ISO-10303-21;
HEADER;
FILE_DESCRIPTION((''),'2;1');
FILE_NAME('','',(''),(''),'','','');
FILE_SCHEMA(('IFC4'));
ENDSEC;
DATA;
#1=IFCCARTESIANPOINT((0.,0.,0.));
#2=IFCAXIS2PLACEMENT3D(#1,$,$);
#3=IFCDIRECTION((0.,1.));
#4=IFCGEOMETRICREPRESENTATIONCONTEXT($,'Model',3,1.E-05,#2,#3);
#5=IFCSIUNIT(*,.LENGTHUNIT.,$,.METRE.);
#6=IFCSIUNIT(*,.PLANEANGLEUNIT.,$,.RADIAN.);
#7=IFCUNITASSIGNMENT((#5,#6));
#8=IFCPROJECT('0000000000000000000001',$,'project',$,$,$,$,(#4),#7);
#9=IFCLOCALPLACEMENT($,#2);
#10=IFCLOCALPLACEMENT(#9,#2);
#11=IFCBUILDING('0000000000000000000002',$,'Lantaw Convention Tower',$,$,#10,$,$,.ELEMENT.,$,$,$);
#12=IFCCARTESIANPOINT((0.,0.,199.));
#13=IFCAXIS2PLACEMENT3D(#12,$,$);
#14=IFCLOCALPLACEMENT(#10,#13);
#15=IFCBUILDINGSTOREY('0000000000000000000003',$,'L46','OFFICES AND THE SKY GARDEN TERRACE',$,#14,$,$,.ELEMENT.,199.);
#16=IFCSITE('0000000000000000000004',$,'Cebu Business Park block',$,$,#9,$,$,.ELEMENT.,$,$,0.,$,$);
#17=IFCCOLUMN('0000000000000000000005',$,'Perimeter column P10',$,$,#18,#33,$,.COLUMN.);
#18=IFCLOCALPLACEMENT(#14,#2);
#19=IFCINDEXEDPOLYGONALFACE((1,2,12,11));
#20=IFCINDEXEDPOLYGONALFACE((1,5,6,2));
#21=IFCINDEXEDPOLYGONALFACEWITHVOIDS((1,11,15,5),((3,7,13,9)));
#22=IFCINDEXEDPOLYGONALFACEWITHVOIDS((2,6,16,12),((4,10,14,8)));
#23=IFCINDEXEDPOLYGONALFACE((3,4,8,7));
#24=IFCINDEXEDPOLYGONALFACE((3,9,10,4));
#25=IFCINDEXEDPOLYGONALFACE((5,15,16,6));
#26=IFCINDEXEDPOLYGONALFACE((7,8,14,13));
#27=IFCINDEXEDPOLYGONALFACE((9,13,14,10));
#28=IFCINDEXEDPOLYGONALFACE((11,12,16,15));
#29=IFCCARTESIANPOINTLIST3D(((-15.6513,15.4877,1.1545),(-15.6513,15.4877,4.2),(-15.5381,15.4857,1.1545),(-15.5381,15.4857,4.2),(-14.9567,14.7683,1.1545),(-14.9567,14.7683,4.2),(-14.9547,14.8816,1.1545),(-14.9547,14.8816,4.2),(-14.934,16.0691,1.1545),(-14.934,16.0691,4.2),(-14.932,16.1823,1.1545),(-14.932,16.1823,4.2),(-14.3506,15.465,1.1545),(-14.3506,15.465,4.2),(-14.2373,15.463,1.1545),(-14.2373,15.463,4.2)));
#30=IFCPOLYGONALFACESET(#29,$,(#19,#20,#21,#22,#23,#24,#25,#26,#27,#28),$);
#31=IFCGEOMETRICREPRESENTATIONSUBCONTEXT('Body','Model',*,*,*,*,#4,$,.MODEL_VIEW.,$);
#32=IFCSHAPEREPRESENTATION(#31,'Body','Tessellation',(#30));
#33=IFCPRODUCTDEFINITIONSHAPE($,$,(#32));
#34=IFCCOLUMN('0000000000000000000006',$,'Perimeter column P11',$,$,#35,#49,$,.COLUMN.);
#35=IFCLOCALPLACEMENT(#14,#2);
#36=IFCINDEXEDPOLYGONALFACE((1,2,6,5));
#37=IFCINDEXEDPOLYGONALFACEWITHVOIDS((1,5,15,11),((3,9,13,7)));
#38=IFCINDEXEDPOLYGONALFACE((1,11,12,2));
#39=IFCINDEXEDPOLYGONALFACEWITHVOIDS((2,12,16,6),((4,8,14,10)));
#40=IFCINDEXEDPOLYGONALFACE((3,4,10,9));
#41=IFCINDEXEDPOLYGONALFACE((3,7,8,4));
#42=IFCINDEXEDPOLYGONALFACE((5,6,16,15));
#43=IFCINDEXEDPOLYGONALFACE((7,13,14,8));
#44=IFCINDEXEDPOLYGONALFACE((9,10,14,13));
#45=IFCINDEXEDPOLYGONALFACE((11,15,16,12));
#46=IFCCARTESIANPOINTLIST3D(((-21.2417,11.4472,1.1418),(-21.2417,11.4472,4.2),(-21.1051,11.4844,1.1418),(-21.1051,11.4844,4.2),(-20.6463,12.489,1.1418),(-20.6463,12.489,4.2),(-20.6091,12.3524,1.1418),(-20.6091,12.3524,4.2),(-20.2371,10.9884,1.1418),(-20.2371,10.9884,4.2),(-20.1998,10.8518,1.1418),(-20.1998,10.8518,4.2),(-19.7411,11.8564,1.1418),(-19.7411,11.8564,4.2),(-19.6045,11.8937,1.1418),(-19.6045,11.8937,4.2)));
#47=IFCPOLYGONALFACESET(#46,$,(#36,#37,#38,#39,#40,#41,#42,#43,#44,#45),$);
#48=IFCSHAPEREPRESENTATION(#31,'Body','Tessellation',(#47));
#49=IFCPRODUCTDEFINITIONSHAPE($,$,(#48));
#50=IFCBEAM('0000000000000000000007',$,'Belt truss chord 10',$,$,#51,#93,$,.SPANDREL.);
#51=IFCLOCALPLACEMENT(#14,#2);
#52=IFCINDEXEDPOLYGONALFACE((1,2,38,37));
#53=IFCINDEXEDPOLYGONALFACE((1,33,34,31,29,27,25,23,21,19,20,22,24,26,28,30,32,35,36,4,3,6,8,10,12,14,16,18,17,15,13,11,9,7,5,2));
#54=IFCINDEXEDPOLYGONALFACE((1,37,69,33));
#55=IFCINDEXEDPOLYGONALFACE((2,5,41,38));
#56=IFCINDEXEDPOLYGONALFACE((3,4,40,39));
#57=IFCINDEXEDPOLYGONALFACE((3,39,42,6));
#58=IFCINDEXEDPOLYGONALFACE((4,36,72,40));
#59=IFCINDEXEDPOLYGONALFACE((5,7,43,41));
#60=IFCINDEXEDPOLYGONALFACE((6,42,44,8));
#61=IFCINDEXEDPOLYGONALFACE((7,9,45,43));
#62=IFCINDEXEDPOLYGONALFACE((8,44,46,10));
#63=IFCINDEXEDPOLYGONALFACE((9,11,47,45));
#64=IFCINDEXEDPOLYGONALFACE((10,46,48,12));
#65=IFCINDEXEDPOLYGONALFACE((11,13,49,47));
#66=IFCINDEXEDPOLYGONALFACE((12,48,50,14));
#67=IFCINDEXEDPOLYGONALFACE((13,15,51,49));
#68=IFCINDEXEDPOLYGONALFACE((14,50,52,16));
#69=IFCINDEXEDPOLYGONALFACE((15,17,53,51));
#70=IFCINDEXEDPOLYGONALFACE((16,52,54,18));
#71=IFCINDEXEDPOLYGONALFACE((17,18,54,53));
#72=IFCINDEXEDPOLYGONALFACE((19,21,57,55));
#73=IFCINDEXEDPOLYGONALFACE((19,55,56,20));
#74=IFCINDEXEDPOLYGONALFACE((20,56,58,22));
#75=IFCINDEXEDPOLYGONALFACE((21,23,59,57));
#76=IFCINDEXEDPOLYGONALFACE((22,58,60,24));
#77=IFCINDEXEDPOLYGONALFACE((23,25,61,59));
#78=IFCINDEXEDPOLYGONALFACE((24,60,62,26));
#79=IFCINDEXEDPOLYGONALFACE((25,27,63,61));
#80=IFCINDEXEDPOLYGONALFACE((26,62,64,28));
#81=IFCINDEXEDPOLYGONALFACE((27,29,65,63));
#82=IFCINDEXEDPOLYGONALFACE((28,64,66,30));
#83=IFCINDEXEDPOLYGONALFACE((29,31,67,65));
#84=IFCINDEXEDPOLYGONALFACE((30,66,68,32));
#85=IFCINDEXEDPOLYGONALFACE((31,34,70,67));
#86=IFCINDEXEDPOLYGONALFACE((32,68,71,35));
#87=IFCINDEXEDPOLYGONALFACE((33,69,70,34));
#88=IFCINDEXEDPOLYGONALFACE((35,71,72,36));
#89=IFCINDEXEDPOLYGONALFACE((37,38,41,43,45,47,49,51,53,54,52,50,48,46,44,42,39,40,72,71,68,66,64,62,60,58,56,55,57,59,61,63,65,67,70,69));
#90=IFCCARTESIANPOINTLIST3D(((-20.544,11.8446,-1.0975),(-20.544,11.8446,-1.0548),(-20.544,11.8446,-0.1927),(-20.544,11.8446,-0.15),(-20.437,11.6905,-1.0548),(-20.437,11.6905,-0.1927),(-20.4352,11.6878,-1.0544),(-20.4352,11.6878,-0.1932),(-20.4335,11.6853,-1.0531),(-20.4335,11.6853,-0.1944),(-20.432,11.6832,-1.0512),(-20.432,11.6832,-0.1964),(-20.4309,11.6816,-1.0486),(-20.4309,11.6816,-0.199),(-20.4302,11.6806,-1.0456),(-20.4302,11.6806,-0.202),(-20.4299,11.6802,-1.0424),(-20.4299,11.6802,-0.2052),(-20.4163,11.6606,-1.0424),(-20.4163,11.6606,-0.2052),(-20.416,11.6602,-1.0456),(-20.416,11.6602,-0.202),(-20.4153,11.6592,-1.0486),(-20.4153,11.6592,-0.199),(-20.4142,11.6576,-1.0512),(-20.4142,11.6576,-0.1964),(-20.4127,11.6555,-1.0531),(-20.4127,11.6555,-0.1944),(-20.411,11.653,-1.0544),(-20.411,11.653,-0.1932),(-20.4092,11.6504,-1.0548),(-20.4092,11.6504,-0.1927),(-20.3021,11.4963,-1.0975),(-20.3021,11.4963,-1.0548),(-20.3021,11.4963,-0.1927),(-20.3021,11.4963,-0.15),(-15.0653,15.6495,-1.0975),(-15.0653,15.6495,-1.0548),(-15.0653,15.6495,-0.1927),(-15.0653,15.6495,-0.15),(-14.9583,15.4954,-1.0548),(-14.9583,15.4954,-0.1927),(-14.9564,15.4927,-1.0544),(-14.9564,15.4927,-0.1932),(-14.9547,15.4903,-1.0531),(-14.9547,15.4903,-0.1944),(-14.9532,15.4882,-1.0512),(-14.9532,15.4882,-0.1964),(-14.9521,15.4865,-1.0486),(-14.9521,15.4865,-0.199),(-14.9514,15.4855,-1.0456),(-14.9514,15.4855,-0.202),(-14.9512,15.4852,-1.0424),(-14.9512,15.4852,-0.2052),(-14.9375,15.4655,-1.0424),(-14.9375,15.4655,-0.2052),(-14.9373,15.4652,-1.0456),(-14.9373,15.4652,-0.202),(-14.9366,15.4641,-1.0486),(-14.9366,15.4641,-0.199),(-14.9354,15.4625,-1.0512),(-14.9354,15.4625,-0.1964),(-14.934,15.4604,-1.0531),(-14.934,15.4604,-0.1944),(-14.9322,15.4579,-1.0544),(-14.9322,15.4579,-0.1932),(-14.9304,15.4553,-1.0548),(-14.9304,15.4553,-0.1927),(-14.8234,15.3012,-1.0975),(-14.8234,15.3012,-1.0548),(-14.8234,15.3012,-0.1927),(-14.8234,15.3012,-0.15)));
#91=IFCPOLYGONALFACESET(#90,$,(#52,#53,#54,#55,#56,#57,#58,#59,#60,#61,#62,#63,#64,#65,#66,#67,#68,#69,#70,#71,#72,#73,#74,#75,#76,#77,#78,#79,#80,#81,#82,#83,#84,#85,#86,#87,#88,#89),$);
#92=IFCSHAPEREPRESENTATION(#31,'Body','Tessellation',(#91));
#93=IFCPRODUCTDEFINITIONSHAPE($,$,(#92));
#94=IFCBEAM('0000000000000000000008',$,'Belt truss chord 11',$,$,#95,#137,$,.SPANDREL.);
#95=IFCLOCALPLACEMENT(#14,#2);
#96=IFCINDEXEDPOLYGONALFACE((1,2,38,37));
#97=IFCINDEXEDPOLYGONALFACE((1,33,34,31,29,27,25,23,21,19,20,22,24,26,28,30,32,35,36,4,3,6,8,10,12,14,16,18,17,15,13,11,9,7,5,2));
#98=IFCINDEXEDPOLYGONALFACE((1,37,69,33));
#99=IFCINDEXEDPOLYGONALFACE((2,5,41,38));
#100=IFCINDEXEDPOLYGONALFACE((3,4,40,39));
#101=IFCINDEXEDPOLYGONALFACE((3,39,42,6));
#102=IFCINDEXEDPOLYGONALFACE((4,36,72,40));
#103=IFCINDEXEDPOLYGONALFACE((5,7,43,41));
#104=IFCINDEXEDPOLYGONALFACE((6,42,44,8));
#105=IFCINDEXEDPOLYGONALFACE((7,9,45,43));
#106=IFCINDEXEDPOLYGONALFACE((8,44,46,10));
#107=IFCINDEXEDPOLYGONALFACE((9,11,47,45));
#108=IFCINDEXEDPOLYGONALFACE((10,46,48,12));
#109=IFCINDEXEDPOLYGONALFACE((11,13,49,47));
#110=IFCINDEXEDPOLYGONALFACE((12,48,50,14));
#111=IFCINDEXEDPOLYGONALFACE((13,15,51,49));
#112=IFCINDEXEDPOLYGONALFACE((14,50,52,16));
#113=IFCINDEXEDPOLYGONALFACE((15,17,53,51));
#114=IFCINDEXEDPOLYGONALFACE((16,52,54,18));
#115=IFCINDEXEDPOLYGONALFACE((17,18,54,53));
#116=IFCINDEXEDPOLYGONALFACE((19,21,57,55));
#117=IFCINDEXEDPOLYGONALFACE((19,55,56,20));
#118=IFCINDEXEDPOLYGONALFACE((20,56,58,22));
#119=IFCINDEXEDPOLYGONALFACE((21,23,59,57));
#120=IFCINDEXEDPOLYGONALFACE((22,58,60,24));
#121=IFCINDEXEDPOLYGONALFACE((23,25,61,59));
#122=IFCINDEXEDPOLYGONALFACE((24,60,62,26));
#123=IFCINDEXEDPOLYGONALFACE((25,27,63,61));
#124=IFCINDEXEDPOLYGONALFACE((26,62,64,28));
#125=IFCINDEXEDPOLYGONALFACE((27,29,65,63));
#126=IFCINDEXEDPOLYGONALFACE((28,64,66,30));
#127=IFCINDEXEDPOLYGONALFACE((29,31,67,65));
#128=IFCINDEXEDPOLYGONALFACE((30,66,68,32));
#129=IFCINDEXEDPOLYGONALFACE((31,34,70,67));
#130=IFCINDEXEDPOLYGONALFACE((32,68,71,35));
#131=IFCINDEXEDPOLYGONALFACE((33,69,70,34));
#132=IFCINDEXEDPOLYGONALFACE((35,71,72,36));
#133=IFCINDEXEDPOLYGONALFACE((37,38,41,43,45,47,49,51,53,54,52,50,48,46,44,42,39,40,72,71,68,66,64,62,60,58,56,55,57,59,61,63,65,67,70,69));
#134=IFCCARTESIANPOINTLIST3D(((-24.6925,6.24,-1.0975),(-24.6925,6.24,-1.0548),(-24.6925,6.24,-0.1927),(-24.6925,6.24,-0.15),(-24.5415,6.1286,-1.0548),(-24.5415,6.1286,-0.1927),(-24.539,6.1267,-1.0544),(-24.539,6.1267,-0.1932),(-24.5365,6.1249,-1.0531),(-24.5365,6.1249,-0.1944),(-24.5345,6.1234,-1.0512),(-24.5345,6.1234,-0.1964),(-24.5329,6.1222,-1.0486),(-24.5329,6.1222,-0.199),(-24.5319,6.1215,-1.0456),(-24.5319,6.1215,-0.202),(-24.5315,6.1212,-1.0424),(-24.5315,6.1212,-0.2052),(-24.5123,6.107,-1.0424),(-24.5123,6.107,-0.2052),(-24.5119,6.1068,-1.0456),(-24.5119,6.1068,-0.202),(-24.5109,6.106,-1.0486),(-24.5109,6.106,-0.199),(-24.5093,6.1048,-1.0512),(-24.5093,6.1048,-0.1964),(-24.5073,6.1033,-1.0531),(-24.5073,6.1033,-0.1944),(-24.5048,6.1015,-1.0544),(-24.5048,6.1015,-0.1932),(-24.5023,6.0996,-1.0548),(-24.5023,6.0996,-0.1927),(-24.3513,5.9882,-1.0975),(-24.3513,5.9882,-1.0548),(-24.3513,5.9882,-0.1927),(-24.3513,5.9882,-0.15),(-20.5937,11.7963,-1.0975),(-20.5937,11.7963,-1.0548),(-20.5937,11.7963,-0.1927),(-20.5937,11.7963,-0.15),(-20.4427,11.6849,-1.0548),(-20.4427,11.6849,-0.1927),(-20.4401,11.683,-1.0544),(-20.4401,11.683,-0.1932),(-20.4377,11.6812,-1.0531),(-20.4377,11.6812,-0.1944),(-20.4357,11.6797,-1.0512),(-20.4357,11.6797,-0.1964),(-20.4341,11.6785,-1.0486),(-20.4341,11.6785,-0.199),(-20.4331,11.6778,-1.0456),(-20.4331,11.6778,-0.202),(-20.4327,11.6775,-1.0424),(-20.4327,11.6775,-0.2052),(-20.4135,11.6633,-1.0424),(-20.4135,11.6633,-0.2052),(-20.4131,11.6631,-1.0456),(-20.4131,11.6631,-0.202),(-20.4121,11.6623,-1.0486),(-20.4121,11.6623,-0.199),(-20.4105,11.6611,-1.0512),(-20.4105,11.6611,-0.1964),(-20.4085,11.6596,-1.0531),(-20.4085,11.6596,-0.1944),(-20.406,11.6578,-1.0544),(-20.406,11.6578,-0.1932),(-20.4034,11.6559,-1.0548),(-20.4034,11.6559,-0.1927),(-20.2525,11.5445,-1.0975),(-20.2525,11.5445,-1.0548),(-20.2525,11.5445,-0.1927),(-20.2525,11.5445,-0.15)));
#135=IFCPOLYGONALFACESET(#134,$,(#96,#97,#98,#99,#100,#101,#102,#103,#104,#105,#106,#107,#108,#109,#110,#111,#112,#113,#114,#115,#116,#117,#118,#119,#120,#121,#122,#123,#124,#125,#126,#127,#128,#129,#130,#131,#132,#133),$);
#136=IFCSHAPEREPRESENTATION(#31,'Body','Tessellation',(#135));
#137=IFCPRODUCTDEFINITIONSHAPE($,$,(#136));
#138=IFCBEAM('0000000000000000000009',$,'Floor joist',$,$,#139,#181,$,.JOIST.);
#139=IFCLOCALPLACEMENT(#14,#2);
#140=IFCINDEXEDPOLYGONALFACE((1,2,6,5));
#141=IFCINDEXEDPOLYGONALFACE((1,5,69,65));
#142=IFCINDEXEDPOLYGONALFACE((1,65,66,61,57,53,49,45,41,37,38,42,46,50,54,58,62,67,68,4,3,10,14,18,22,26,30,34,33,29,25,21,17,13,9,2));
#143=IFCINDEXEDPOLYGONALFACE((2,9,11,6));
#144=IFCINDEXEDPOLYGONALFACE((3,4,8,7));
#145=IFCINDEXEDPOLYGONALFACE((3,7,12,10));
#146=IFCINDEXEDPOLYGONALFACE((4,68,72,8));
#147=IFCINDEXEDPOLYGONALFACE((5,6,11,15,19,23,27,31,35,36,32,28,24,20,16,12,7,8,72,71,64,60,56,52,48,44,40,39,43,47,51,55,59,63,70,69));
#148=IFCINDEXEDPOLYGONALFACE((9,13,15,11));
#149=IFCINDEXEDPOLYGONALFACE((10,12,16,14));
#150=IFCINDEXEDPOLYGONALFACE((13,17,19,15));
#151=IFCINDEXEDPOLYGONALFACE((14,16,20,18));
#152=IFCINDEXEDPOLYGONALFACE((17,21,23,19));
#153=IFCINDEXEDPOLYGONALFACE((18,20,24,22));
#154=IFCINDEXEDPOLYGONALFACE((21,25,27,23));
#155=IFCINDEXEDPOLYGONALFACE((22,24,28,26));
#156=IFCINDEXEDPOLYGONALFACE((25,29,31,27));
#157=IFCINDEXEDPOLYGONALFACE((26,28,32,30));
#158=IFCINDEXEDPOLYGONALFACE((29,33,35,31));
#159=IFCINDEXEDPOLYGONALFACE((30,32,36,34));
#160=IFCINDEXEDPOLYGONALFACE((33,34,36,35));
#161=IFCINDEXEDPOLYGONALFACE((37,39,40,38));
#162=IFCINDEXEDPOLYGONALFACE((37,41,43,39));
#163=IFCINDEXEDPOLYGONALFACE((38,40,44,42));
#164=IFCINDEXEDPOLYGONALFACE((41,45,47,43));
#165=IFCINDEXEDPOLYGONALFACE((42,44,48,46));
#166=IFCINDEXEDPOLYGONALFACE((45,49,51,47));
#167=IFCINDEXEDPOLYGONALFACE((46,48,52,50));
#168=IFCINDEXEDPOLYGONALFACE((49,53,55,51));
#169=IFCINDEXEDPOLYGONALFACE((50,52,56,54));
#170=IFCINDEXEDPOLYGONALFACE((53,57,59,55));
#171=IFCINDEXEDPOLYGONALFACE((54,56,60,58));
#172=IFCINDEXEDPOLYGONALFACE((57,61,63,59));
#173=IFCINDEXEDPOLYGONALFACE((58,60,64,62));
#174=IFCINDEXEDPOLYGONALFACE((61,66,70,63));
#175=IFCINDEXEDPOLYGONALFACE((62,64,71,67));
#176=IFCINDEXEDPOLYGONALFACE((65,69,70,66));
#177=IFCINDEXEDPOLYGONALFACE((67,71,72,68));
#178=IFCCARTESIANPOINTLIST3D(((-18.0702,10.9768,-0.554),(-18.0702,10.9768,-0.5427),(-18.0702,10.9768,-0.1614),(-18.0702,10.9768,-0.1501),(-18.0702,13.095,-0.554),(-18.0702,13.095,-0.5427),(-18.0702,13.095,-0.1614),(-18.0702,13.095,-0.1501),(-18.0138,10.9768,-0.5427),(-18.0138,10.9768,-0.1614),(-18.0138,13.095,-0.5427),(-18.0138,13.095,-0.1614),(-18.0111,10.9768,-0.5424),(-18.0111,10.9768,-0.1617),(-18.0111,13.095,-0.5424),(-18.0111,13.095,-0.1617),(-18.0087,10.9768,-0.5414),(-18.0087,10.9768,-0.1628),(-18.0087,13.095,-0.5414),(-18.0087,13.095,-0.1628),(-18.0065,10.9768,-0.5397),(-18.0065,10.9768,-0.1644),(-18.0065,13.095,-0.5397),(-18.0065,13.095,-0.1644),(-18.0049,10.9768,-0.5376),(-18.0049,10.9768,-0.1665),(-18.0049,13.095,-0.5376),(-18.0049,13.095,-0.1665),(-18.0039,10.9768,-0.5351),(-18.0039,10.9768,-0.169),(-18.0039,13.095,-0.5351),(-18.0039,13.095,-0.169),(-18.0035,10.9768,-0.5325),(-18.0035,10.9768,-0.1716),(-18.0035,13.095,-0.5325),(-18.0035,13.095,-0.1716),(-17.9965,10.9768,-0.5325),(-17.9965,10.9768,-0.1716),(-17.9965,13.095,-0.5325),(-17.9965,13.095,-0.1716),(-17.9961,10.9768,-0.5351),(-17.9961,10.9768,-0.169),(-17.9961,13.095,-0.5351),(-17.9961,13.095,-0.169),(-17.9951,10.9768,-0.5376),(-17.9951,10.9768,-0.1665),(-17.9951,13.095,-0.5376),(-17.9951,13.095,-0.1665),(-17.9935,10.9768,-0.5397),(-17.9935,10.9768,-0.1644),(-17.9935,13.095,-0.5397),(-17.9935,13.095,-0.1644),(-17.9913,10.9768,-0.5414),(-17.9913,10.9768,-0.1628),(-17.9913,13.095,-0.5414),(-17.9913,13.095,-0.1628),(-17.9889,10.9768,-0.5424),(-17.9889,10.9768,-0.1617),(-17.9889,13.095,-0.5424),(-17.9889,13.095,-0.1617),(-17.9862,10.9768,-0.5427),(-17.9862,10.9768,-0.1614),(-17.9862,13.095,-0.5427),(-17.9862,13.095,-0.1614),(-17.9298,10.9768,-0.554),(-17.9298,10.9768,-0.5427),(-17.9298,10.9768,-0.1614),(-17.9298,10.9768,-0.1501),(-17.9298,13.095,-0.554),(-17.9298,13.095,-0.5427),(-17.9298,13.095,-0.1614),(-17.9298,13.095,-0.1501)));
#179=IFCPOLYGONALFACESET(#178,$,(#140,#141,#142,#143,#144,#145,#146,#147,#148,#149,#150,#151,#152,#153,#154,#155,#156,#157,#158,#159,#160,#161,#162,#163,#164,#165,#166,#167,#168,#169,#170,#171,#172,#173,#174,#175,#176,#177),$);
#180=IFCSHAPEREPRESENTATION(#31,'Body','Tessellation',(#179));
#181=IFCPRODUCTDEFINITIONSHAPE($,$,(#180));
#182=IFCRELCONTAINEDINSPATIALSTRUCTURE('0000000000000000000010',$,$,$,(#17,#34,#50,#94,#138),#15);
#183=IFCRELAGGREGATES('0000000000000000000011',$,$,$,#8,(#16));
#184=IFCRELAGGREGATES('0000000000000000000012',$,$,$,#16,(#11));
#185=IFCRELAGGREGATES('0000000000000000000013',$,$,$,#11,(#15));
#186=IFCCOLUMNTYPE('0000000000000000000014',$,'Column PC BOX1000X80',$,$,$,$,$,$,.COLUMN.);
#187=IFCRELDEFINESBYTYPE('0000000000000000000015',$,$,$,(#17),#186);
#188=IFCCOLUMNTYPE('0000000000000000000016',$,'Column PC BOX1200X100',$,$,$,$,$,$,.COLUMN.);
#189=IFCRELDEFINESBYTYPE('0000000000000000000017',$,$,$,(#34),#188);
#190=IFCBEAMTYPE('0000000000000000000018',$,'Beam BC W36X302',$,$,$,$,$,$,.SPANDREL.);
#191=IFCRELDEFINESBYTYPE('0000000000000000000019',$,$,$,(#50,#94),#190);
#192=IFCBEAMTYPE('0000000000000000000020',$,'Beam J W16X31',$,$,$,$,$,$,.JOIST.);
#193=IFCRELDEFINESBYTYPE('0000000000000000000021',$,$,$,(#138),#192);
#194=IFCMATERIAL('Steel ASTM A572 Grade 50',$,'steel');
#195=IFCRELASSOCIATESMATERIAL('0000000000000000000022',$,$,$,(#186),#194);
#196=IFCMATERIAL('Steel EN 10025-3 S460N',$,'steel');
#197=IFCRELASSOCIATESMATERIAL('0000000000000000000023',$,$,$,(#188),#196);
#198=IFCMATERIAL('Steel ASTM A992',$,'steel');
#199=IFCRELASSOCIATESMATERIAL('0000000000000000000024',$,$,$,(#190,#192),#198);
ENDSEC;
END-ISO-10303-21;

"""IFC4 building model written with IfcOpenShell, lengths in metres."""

from ifc_helpers import new_model, si_unit, direction, frame, origin, origin_2d, place, context, subcontext, project, spatial, rectangle, hollow_rectangle, i_section, extrude, material, material_profile, profile_set, type_object, element, save


model = new_model("IFC4")

# Units and contexts
model_context = context("Model", 3, precision=1e-05, world=origin(), true_north=direction((0.0, 1.0)))
body_context = subcontext(model_context, "Body", "Model", "MODEL_VIEW")
ifc_project = project(units=[si_unit("LENGTHUNIT", "METRE"), si_unit("PLANEANGLEUNIT", "RADIAN")], contexts=[model_context])

# Site, building, storey
site_placement = place(None, origin())
site = spatial("IfcSite", under=ifc_project, at=site_placement, Name="Cebu Business Park block", CompositionType="ELEMENT", RefElevation=0.0)
building_placement = place(site_placement, origin())
building = spatial("IfcBuilding", under=site, at=building_placement, Name="Lantaw Convention Tower", CompositionType="ELEMENT")
storey_placement = place(building_placement, frame((0.0, 0.0, 199.0)))
storey = spatial("IfcBuildingStorey", under=building, at=storey_placement, Name="L46", Description="OFFICES AND THE SKY GARDEN TERRACE", CompositionType="ELEMENT", Elevation=199.0)

# Columns
ifc_material_1 = material(Name="Steel ASTM A572 Grade 50", Category="steel")
ifc_material_profile_1 = material_profile(ifc_material_1, hollow_rectangle(XDim=1.0, YDim=1.0, WallThickness=0.0801, at=origin_2d()), Name="BOX1000X80")
ifc_material_2 = material(Name="Concrete C60/75", Category="concrete")
ifc_material_profile_2 = material_profile(ifc_material_2, rectangle(XDim=0.8401, YDim=0.8401, at=origin_2d()), Name="Concrete fill of BOX1000X80")
ifc_profile_set_1 = profile_set([ifc_material_profile_1, ifc_material_profile_2], Name="Steel ASTM A572 Grade 50")
column_type_1 = type_object("IfcColumnType", Name="Column PC BOX1000X80", PredefinedType="COLUMN", material=ifc_profile_set_1)
column_1_placement = place(storey_placement, frame((-14.9443, 15.4753, 1.1545), z_axis=(0.0, 0.0, 1.0), x_axis=(0.71934, 0.694658, 0.0)))
element("IfcColumn", 1, at=column_1_placement, inside=storey, type_object=column_type_1, Name="Perimeter column P10", PredefinedType="COLUMN", context=body_context, shape_type="SweptSolid", body=[
    extrude(hollow_rectangle(XDim=1.0, YDim=1.0, WallThickness=0.0801, at=origin_2d()), origin(), (0.0, 0.0, 1.0), 3.0454),
])
ifc_material_3 = material(Name="Steel EN 10025-3 S460N", Category="steel")
ifc_material_profile_3 = material_profile(ifc_material_3, hollow_rectangle(XDim=1.2, YDim=1.2, WallThickness=0.1001, at=origin_2d()), Name="BOX1200X100")
ifc_material_profile_4 = material_profile(ifc_material_2, rectangle(XDim=1.0, YDim=1.0, at=origin_2d()), Name="Concrete fill of BOX1200X100")
ifc_profile_set_2 = profile_set([ifc_material_profile_3, ifc_material_profile_4], Name="Steel EN 10025-3 S460N")
column_type_2 = type_object("IfcColumnType", Name="Column PC BOX1200X100", PredefinedType="COLUMN", material=ifc_profile_set_2)
column_2_placement = place(storey_placement, frame((-20.4231, 11.6704, 1.1418), z_axis=(0.0, 0.0, 1.0), x_axis=(0.496139, 0.868243, 0.0)))
element("IfcColumn", 2, at=column_2_placement, inside=storey, type_object=column_type_2, Name="Perimeter column P11", PredefinedType="COLUMN", context=body_context, shape_type="SweptSolid", body=[
    extrude(hollow_rectangle(XDim=1.2, YDim=1.2, WallThickness=0.1001, at=origin_2d()), origin(), (0.0, 0.0, 1.0), 3.0581),
])

# Beams
ifc_material_4 = material(Name="Steel ASTM A992", Category="steel")
ifc_material_profile_5 = material_profile(ifc_material_4, i_section(OverallWidth=0.4241, OverallDepth=0.9475, WebThickness=0.0239, FlangeThickness=0.0427, FilletRadius=0.0125, at=origin_2d()), Name="W36X302")
ifc_profile_set_3 = profile_set([ifc_material_profile_5], Name="Steel ASTM A992")
beam_type_1 = type_object("IfcBeamType", Name="Beam BC W36X302", PredefinedType="SPANDREL", material=ifc_profile_set_3)
beam_1_placement = place(storey_placement, frame((-14.9443, 15.4753, -0.6238), z_axis=(-0.821353, -0.57042, 0.0), x_axis=(0.57042, -0.821353, 0.0)))
element("IfcBeam", 3, at=beam_1_placement, inside=storey, type_object=beam_type_1, Name="Belt truss chord 10", PredefinedType="SPANDREL", context=body_context, shape_type="SweptSolid", body=[
    extrude(i_section(OverallWidth=0.4241, OverallDepth=0.9475, WebThickness=0.0239, FlangeThickness=0.0427, FilletRadius=0.0125, at=origin_2d()), origin(), (0.0, 0.0, 1.0), 6.6704),
])
beam_2_placement = place(storey_placement, frame((-20.4231, 11.6704, -0.6238), z_axis=(-0.593639, -0.804731, 0.0), x_axis=(0.804731, -0.593639, 0.0)))
element("IfcBeam", 4, at=beam_2_placement, inside=storey, type_object=beam_type_1, Name="Belt truss chord 11", PredefinedType="SPANDREL", context=body_context, shape_type="SweptSolid", body=[
    extrude(i_section(OverallWidth=0.4241, OverallDepth=0.9475, WebThickness=0.0239, FlangeThickness=0.0427, FilletRadius=0.0125, at=origin_2d()), origin(), (0.0, 0.0, 1.0), 6.9045),
])
ifc_material_profile_6 = material_profile(ifc_material_4, i_section(OverallWidth=0.1404, OverallDepth=0.4038, WebThickness=0.0071, FlangeThickness=0.0112, FilletRadius=0.0103, at=origin_2d()), Name="W16X31")
ifc_profile_set_4 = profile_set([ifc_material_profile_6], Name="Steel ASTM A992")
beam_type_2 = type_object("IfcBeamType", Name="Beam J W16X31", PredefinedType="JOIST", material=ifc_profile_set_4)
beam_3_placement = place(storey_placement, frame((-18.0, 10.9768, -0.3521), z_axis=(0.0, 1.0, 0.0), x_axis=(-1.0, 0.0, 0.0)))
element("IfcBeam", 5, at=beam_3_placement, inside=storey, type_object=beam_type_2, Name="Floor joist", PredefinedType="JOIST", context=body_context, shape_type="SweptSolid", body=[
    extrude(i_section(OverallWidth=0.1404, OverallDepth=0.4038, WebThickness=0.0071, FlangeThickness=0.0112, FilletRadius=0.0103, at=origin_2d()), origin(), (0.0, 0.0, 1.0), 2.1182),
])

save(model, "model.ifc")
